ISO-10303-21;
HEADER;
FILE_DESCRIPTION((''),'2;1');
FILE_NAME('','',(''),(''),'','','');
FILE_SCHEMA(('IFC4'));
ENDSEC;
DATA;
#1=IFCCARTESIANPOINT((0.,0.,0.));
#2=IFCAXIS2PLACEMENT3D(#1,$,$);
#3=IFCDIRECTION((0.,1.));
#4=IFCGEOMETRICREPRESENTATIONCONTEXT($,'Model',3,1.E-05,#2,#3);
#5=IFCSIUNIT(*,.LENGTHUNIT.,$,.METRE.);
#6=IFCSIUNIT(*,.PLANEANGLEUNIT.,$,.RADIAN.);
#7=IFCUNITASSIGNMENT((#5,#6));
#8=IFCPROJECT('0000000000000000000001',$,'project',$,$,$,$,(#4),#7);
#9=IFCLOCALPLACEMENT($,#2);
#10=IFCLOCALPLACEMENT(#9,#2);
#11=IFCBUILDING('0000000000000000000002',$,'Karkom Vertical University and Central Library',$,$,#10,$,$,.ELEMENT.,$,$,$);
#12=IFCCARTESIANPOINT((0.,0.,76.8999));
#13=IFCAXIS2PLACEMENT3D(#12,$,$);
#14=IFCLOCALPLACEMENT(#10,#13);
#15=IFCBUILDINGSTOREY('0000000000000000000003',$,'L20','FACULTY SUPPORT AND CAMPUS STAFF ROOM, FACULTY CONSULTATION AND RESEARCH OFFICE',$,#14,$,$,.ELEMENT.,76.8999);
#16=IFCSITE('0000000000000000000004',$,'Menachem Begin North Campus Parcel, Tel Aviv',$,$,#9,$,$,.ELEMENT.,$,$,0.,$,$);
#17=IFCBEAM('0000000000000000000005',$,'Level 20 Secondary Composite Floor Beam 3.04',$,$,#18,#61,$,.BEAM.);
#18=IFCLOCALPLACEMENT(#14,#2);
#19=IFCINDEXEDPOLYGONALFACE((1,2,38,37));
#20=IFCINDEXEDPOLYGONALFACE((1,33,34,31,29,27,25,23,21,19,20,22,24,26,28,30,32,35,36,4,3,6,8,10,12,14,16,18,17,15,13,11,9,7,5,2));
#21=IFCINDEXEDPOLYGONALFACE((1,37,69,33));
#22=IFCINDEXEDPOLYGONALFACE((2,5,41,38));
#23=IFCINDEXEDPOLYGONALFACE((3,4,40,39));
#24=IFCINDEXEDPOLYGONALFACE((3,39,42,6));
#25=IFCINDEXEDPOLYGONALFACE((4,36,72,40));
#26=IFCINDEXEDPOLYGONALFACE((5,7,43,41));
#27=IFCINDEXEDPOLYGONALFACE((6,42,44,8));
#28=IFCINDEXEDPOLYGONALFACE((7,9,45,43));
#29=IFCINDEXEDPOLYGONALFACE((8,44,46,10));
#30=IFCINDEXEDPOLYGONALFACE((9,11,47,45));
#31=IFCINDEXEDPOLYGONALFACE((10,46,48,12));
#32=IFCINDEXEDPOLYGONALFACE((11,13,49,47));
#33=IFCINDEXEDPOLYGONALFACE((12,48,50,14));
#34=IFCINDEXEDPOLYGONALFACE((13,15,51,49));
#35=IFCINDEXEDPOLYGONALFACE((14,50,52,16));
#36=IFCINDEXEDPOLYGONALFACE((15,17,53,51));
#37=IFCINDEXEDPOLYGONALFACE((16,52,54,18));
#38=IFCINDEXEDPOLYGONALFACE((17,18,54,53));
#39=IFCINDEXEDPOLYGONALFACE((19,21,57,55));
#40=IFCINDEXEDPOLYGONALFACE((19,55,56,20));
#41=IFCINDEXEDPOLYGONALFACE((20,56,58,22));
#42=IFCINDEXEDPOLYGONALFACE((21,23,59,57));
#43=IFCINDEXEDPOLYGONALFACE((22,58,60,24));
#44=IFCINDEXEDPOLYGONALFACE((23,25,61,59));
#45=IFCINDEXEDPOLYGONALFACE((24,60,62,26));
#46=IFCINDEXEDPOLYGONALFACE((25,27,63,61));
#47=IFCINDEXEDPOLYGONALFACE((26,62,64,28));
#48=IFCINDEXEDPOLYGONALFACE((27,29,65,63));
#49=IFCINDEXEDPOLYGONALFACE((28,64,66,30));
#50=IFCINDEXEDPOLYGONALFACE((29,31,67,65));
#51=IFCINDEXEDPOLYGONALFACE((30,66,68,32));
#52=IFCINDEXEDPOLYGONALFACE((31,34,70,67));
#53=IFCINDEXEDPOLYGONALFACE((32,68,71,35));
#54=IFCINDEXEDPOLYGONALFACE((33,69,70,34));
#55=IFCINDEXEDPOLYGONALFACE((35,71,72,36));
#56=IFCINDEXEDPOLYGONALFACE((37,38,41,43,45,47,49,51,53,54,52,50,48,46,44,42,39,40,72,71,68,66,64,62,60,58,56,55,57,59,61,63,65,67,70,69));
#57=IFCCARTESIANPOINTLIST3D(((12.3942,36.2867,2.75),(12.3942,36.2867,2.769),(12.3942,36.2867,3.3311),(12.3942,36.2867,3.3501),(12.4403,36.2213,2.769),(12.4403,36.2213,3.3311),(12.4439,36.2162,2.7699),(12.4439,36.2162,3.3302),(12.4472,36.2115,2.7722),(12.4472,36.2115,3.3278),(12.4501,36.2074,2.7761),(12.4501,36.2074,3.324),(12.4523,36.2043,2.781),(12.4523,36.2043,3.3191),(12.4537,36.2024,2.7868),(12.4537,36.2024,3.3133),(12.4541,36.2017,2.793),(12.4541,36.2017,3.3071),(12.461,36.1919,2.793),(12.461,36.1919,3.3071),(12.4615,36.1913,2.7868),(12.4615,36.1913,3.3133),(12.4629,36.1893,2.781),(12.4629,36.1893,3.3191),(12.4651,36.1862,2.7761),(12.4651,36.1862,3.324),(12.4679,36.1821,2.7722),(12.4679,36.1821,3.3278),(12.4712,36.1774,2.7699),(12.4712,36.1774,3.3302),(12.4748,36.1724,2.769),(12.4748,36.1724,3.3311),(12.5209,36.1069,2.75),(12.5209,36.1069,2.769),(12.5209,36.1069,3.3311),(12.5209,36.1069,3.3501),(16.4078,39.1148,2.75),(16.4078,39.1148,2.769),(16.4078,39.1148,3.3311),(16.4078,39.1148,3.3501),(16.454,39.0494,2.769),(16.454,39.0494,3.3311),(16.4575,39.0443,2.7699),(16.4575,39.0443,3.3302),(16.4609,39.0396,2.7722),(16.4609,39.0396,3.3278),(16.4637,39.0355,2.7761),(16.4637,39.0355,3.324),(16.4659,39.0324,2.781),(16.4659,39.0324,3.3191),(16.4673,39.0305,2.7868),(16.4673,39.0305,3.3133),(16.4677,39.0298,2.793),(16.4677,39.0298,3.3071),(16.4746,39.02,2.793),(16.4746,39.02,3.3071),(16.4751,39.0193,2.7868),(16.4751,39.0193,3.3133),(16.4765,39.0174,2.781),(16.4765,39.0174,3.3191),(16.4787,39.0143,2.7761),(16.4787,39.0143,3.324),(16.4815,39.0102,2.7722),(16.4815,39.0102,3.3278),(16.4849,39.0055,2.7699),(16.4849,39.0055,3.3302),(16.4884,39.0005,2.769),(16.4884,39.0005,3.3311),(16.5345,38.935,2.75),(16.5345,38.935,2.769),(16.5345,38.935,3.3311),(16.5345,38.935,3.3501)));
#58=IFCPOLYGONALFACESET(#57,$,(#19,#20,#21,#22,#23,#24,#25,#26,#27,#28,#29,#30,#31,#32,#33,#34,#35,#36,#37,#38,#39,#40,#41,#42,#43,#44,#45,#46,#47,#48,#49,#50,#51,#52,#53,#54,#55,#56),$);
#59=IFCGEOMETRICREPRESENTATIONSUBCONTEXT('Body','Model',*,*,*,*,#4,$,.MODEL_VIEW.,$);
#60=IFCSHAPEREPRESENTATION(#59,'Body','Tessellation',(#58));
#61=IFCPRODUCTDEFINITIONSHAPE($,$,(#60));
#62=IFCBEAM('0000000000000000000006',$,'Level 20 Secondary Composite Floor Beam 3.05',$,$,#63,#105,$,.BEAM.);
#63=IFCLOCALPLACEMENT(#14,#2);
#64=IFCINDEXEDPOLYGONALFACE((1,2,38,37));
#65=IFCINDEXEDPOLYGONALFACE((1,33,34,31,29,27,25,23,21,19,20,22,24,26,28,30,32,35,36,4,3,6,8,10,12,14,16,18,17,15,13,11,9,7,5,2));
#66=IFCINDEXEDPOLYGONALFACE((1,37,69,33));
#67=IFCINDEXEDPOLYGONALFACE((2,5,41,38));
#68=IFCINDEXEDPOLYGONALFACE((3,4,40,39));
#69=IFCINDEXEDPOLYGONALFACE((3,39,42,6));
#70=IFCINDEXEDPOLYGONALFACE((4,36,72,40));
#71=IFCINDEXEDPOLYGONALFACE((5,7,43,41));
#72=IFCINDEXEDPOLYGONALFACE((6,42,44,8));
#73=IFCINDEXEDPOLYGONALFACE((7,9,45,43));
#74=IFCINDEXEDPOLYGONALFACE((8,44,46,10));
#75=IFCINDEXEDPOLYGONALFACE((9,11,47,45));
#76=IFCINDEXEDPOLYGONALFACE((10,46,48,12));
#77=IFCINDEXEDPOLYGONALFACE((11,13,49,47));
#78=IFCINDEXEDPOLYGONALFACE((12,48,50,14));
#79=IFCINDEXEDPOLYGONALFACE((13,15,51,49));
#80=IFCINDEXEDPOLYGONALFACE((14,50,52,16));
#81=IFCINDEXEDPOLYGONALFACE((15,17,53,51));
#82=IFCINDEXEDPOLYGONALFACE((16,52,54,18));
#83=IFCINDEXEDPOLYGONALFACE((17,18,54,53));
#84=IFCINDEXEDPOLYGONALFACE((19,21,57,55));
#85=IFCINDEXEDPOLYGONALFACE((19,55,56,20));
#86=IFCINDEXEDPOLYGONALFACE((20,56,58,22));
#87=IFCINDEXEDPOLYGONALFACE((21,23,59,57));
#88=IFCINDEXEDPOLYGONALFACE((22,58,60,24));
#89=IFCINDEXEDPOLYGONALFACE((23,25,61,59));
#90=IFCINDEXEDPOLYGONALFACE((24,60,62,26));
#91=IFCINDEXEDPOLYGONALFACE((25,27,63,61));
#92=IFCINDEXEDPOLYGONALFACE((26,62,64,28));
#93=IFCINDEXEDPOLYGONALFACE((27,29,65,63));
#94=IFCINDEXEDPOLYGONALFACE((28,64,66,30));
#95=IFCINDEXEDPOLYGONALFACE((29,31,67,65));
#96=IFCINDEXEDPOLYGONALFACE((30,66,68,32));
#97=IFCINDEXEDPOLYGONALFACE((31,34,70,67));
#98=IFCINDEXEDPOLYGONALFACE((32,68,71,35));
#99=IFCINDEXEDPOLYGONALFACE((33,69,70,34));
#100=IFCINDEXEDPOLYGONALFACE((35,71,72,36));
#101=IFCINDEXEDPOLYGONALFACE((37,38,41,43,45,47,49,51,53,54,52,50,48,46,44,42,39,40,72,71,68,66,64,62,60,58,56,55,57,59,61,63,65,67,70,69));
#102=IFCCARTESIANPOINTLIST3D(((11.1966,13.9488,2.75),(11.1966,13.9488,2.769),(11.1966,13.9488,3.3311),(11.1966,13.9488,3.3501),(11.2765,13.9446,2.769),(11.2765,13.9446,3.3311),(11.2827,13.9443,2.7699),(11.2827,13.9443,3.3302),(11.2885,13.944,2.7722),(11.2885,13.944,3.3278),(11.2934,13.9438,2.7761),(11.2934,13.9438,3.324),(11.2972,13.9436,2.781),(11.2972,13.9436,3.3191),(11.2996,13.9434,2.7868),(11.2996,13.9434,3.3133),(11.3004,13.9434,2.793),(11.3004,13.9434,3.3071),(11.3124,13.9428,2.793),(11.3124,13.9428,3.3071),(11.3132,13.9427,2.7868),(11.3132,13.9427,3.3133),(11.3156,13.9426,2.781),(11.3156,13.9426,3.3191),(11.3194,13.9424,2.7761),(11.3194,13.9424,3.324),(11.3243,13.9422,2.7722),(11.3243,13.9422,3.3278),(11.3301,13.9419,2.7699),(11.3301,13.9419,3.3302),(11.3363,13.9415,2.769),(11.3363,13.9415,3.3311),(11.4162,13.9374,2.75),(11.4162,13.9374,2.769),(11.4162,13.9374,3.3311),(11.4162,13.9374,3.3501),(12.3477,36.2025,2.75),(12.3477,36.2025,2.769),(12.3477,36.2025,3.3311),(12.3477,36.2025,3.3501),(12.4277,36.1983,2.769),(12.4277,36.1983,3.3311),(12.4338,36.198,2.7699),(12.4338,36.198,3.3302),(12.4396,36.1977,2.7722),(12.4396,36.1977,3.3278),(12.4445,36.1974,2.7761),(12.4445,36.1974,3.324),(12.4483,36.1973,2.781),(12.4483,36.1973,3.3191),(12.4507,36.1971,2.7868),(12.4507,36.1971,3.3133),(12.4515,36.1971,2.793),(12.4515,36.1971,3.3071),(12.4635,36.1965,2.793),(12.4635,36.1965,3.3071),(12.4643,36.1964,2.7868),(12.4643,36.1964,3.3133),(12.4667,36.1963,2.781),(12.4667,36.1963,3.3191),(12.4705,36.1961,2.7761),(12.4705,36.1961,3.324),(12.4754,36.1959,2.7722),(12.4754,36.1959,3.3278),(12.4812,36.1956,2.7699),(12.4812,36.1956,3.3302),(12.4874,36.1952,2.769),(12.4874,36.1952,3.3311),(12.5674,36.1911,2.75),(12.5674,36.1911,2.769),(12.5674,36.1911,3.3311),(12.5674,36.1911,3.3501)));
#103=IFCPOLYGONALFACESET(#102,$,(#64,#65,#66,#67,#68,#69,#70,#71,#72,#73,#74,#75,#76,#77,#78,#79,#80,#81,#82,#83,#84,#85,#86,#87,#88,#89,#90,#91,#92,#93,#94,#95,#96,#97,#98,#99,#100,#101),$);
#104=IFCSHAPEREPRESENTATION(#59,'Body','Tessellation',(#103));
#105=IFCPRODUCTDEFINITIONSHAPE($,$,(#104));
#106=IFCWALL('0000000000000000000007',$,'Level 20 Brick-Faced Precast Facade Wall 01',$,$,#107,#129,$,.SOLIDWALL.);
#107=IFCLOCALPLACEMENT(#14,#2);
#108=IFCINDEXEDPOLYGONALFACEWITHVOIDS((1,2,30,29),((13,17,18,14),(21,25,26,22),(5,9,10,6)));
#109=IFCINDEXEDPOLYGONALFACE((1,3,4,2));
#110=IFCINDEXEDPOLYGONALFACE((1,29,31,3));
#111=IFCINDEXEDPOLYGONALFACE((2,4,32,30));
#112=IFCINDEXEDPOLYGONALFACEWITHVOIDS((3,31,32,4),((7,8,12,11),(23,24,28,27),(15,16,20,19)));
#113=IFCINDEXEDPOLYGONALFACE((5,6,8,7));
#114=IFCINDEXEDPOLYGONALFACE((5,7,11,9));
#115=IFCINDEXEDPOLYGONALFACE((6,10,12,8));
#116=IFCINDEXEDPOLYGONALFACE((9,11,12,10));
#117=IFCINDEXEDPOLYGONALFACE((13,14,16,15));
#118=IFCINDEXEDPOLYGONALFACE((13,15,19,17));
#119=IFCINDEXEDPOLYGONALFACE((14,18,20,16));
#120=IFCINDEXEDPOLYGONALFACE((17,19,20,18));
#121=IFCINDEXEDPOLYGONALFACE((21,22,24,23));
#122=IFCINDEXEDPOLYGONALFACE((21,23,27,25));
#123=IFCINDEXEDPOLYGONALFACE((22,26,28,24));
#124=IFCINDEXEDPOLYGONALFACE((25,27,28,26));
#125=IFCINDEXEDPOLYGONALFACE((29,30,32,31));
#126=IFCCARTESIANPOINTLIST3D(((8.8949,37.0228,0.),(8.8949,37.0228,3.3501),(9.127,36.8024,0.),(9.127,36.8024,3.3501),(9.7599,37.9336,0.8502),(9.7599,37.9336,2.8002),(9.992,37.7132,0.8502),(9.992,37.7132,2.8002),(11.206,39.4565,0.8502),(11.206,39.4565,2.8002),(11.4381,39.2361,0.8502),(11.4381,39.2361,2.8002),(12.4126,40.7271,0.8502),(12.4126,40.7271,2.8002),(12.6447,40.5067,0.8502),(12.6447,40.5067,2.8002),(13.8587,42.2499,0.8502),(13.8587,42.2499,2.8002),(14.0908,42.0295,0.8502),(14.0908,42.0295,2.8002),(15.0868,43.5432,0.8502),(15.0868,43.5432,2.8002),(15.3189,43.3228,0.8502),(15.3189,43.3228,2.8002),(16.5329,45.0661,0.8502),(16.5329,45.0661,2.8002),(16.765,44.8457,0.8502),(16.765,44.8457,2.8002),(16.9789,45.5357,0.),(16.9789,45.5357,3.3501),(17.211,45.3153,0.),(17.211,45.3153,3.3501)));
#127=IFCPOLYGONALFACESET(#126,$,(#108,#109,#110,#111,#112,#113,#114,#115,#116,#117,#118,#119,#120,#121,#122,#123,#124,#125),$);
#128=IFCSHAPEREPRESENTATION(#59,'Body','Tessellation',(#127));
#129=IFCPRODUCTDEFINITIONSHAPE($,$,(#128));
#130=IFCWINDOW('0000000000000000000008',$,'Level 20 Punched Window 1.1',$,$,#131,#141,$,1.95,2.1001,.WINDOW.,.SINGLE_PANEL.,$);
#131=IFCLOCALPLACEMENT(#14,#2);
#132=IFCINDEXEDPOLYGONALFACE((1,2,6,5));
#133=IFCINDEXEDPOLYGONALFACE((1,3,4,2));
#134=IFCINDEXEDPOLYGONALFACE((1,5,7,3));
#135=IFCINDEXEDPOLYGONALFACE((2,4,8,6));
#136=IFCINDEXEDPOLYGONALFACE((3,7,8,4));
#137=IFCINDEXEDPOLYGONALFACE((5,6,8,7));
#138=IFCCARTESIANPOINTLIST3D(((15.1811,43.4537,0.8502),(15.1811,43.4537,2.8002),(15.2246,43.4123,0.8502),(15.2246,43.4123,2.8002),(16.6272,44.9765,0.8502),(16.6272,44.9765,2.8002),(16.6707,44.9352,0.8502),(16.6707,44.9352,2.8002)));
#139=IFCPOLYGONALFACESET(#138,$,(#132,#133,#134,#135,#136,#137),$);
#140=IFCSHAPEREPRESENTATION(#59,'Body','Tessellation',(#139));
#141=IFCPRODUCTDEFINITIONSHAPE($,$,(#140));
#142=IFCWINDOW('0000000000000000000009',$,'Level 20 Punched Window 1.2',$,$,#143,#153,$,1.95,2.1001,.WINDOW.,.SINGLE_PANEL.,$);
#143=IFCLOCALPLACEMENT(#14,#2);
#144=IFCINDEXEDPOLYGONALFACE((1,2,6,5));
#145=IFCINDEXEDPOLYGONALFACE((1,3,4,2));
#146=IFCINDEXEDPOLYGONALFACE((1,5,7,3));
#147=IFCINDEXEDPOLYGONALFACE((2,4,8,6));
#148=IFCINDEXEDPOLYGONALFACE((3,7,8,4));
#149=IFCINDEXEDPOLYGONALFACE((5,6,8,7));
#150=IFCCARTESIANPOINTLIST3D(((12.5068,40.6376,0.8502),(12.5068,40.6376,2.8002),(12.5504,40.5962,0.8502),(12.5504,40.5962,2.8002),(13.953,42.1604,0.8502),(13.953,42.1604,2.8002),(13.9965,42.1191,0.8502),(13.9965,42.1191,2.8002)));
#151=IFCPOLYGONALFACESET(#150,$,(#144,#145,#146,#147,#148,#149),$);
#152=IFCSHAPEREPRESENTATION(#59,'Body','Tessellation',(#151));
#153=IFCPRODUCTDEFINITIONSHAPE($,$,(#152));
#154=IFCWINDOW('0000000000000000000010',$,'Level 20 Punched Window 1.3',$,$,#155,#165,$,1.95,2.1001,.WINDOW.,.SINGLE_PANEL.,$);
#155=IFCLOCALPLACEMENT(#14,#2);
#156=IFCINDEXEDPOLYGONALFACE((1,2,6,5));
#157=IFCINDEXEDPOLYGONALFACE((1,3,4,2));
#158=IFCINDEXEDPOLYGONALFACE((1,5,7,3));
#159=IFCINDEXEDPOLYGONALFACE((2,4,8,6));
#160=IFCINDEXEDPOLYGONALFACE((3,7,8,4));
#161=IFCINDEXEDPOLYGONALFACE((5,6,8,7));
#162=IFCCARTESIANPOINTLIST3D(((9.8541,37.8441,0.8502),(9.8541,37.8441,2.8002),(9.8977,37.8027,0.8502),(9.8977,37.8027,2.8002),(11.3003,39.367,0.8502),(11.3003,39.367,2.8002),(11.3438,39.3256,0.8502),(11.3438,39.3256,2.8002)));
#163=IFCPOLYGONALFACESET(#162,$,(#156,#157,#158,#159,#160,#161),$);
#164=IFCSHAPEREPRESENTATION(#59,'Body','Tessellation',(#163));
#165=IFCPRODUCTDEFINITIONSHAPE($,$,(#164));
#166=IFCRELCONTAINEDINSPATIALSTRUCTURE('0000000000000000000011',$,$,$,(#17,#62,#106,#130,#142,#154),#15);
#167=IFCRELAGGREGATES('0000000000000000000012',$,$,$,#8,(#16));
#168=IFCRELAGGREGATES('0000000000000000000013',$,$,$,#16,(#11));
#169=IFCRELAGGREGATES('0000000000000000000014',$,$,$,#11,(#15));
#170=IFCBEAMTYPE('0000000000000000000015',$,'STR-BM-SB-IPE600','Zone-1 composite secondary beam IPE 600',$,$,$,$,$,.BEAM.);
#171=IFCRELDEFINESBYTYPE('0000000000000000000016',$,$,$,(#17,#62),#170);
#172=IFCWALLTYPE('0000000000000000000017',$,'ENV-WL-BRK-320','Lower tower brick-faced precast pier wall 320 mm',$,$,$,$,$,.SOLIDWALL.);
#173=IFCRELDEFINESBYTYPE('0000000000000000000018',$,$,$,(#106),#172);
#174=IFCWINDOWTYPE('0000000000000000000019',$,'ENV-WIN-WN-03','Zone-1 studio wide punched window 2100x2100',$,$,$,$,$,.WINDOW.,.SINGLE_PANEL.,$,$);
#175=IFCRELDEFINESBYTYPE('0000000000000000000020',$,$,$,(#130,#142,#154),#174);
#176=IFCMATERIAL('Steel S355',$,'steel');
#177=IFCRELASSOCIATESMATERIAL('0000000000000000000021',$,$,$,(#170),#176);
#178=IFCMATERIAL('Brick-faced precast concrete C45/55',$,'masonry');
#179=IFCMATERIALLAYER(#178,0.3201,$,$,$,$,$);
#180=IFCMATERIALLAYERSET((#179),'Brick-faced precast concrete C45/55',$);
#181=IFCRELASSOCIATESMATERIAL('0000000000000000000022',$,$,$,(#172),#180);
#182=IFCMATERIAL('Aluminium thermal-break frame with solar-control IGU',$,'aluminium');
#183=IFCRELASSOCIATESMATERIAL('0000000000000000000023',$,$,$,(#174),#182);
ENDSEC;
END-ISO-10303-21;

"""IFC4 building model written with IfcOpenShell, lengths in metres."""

from ifc_helpers import new_model, si_unit, direction, frame, frame_2d, origin, origin_with_axes, origin_2d, place, context, subcontext, project, spatial, rectangle, i_section, extrude, source, transform, mapped, material, layer, layer_set, material_profile, profile_set, type_object, element, fill, save


model = new_model("IFC4")

# Units and contexts
model_context = context("Model", 3, precision=1e-05, world=origin(), true_north=direction((0.0, 1.0)))
body_context = subcontext(model_context, "Body", "Model", "MODEL_VIEW")
ifc_project = project(units=[si_unit("LENGTHUNIT", "METRE"), si_unit("PLANEANGLEUNIT", "RADIAN")], contexts=[model_context])

# Site, building, storey
site_placement = place(None, origin())
site = spatial("IfcSite", under=ifc_project, at=site_placement, Name="Menachem Begin North Campus Parcel, Tel Aviv", CompositionType="ELEMENT", RefElevation=0.0)
building_placement = place(site_placement, origin())
building = spatial("IfcBuilding", under=site, at=building_placement, Name="Karkom Vertical University and Central Library", CompositionType="ELEMENT")
storey_placement = place(building_placement, frame((0.0, 0.0, 76.8999)))
storey = spatial("IfcBuildingStorey", under=building, at=storey_placement, Name="L20", Description="FACULTY SUPPORT AND CAMPUS STAFF ROOM, FACULTY CONSULTATION AND RESEARCH OFFICE", CompositionType="ELEMENT", Elevation=76.8999)

# Beams
ifc_material_1 = material(Name="Steel S355", Category="steel")
ifc_material_profile_1 = material_profile(ifc_material_1, i_section(OverallWidth=0.22, OverallDepth=0.6001, WebThickness=0.012, FlangeThickness=0.019, FilletRadius=0.0239, at=origin_2d()), Name="IPE 600")
ifc_profile_set_1 = profile_set([ifc_material_profile_1], Name="Steel S355")
beam_type_1 = type_object("IfcBeamType", Name="STR-BM-SB-IPE600", Description="Zone-1 composite secondary beam IPE 600", PredefinedType="BEAM", material=ifc_profile_set_1)
shared_shape_1 = source(origin_with_axes(), body_context, "Body", "SweptSolid", [
    extrude(i_section(OverallWidth=0.22, OverallDepth=0.6001, WebThickness=0.012, FlangeThickness=0.019, FilletRadius=0.0239, at=origin_2d()), origin(), (0.0, 0.0, 1.0), 4.9099),
])
beam_1_placement = place(storey_placement, frame((16.4712, 39.0249, 3.05), z_axis=(-0.817453, -0.575996, 0.0), x_axis=(0.575996, -0.817453, 0.0)))
element("IfcBeam", 1, at=beam_1_placement, inside=storey, type_object=beam_type_1, Name="Level 20 Secondary Composite Floor Beam 3.04", PredefinedType="BEAM", context=body_context, shape_type="MappedRepresentation", body=[
    mapped(shared_shape_1, transform((0.0, 0.0, 0.0), scale=1.0)),
])
shared_shape_2 = source(origin_with_axes(), body_context, "Body", "SweptSolid", [
    extrude(i_section(OverallWidth=0.22, OverallDepth=0.6001, WebThickness=0.012, FlangeThickness=0.019, FilletRadius=0.0239, at=origin_2d()), origin(), (0.0, 0.0, 1.0), 22.2834),
])
beam_2_placement = place(storey_placement, frame((12.4575, 36.1968, 3.05), z_axis=(-0.051658, -0.998665, 0.0), x_axis=(0.998665, -0.051658, 0.0)))
element("IfcBeam", 2, at=beam_2_placement, inside=storey, type_object=beam_type_1, Name="Level 20 Secondary Composite Floor Beam 3.05", PredefinedType="BEAM", context=body_context, shape_type="MappedRepresentation", body=[
    mapped(shared_shape_2, transform((0.0, 0.0, 0.0), scale=1.0)),
])

# Wall, openings, windows
ifc_material_2 = material(Name="Brick-faced precast concrete C45/55", Category="masonry")
ifc_layer_1 = layer(ifc_material_2, 0.3201)
ifc_layer_set_1 = layer_set([ifc_layer_1], Name="Brick-faced precast concrete C45/55")
wall_type_1 = type_object("IfcWallType", Name="ENV-WL-BRK-320", Description="Lower tower brick-faced precast pier wall 320 mm", PredefinedType="SOLIDWALL", material=ifc_layer_set_1)
wall_1_placement = place(storey_placement, frame((17.095, 45.4255, 0.0), z_axis=(0.0, 0.0, 1.0), x_axis=(-0.688601, -0.72514, 0.0)))
wall_1 = element("IfcWall", 3, at=wall_1_placement, inside=storey, type_object=wall_type_1, Name="Level 20 Brick-Faced Precast Facade Wall 01", PredefinedType="SOLIDWALL", context=body_context, shape_type="SweptSolid", body=[
    extrude(rectangle(XDim=11.7397, YDim=0.3201, at=frame_2d((5.8699, 0.0))), origin(), (0.0, 0.0, 1.0), 3.3501),
])
opening_1_placement = place(wall_1_placement, frame((0.6477, 0.0, 0.8501)))
opening_1 = element("IfcOpeningElement", 4, at=opening_1_placement, cuts=wall_1, PredefinedType="OPENING", context=body_context, shape_type="SweptSolid", body=[
    extrude(rectangle(XDim=2.1001, YDim=1.95, at=frame_2d((1.05, 0.9751))), frame((0.0, 0.1699, 0.0), z_axis=(0.0, -1.0, 0.0), x_axis=(1.0, 0.0, 0.0)), (0.0, 0.0, 1.0), 0.3401),
])
opening_2_placement = place(wall_1_placement, frame((4.5312, 0.0, 0.8501)))
opening_2 = element("IfcOpeningElement", 5, at=opening_2_placement, cuts=wall_1, PredefinedType="OPENING", context=body_context, shape_type="SweptSolid", body=[
    extrude(rectangle(XDim=2.1001, YDim=1.95, at=frame_2d((1.05, 0.9751))), frame((0.0, 0.1699, 0.0), z_axis=(0.0, -1.0, 0.0), x_axis=(1.0, 0.0, 0.0)), (0.0, 0.0, 1.0), 0.3401),
])
opening_3_placement = place(wall_1_placement, frame((8.3835, 0.0, 0.8501)))
opening_3 = element("IfcOpeningElement", 6, at=opening_3_placement, cuts=wall_1, PredefinedType="OPENING", context=body_context, shape_type="SweptSolid", body=[
    extrude(rectangle(XDim=2.1001, YDim=1.95, at=frame_2d((1.05, 0.9751))), frame((0.0, 0.1699, 0.0), z_axis=(0.0, -1.0, 0.0), x_axis=(1.0, 0.0, 0.0)), (0.0, 0.0, 1.0), 0.3401),
])
ifc_material_3 = material(Name="Aluminium thermal-break frame with solar-control IGU", Category="aluminium")
window_type = type_object("IfcWindowType", Name="ENV-WIN-WN-03", Description="Zone-1 studio wide punched window 2100x2100", PartitioningType="SINGLE_PANEL", PredefinedType="WINDOW", material=ifc_material_3)
shared_shape_3 = source(origin_with_axes(), body_context, "Body", "SweptSolid", [
    extrude(rectangle(XDim=2.1001, YDim=1.95, at=frame_2d((1.05, 0.9751))), frame((0.0, 0.03, 0.0), z_axis=(0.0, -1.0, 0.0), x_axis=(1.0, 0.0, 0.0)), (0.0, 0.0, 1.0), 0.0601),
])
window_1_placement = place(opening_1_placement, origin())
window_1 = element("IfcWindow", 7, at=window_1_placement, inside=storey, type_object=window_type, Name="Level 20 Punched Window 1.1", OverallHeight=1.95, OverallWidth=2.1001, PartitioningType="SINGLE_PANEL", PredefinedType="WINDOW", context=body_context, shape_type="MappedRepresentation", body=[
    mapped(shared_shape_3, transform((0.0, 0.0, 0.0), scale=1.0)),
])
fill(opening_1, window_1)
window_2_placement = place(opening_2_placement, origin())
window_2 = element("IfcWindow", 8, at=window_2_placement, inside=storey, type_object=window_type, Name="Level 20 Punched Window 1.2", OverallHeight=1.95, OverallWidth=2.1001, PartitioningType="SINGLE_PANEL", PredefinedType="WINDOW", context=body_context, shape_type="MappedRepresentation", body=[
    mapped(shared_shape_3, transform((0.0, 0.0, 0.0), scale=1.0)),
])
fill(opening_2, window_2)
window_3_placement = place(opening_3_placement, origin())
window_3 = element("IfcWindow", 9, at=window_3_placement, inside=storey, type_object=window_type, Name="Level 20 Punched Window 1.3", OverallHeight=1.95, OverallWidth=2.1001, PartitioningType="SINGLE_PANEL", PredefinedType="WINDOW", context=body_context, shape_type="MappedRepresentation", body=[
    mapped(shared_shape_3, transform((0.0, 0.0, 0.0), scale=1.0)),
])
fill(opening_3, window_3)

save(model, "model.ifc")
